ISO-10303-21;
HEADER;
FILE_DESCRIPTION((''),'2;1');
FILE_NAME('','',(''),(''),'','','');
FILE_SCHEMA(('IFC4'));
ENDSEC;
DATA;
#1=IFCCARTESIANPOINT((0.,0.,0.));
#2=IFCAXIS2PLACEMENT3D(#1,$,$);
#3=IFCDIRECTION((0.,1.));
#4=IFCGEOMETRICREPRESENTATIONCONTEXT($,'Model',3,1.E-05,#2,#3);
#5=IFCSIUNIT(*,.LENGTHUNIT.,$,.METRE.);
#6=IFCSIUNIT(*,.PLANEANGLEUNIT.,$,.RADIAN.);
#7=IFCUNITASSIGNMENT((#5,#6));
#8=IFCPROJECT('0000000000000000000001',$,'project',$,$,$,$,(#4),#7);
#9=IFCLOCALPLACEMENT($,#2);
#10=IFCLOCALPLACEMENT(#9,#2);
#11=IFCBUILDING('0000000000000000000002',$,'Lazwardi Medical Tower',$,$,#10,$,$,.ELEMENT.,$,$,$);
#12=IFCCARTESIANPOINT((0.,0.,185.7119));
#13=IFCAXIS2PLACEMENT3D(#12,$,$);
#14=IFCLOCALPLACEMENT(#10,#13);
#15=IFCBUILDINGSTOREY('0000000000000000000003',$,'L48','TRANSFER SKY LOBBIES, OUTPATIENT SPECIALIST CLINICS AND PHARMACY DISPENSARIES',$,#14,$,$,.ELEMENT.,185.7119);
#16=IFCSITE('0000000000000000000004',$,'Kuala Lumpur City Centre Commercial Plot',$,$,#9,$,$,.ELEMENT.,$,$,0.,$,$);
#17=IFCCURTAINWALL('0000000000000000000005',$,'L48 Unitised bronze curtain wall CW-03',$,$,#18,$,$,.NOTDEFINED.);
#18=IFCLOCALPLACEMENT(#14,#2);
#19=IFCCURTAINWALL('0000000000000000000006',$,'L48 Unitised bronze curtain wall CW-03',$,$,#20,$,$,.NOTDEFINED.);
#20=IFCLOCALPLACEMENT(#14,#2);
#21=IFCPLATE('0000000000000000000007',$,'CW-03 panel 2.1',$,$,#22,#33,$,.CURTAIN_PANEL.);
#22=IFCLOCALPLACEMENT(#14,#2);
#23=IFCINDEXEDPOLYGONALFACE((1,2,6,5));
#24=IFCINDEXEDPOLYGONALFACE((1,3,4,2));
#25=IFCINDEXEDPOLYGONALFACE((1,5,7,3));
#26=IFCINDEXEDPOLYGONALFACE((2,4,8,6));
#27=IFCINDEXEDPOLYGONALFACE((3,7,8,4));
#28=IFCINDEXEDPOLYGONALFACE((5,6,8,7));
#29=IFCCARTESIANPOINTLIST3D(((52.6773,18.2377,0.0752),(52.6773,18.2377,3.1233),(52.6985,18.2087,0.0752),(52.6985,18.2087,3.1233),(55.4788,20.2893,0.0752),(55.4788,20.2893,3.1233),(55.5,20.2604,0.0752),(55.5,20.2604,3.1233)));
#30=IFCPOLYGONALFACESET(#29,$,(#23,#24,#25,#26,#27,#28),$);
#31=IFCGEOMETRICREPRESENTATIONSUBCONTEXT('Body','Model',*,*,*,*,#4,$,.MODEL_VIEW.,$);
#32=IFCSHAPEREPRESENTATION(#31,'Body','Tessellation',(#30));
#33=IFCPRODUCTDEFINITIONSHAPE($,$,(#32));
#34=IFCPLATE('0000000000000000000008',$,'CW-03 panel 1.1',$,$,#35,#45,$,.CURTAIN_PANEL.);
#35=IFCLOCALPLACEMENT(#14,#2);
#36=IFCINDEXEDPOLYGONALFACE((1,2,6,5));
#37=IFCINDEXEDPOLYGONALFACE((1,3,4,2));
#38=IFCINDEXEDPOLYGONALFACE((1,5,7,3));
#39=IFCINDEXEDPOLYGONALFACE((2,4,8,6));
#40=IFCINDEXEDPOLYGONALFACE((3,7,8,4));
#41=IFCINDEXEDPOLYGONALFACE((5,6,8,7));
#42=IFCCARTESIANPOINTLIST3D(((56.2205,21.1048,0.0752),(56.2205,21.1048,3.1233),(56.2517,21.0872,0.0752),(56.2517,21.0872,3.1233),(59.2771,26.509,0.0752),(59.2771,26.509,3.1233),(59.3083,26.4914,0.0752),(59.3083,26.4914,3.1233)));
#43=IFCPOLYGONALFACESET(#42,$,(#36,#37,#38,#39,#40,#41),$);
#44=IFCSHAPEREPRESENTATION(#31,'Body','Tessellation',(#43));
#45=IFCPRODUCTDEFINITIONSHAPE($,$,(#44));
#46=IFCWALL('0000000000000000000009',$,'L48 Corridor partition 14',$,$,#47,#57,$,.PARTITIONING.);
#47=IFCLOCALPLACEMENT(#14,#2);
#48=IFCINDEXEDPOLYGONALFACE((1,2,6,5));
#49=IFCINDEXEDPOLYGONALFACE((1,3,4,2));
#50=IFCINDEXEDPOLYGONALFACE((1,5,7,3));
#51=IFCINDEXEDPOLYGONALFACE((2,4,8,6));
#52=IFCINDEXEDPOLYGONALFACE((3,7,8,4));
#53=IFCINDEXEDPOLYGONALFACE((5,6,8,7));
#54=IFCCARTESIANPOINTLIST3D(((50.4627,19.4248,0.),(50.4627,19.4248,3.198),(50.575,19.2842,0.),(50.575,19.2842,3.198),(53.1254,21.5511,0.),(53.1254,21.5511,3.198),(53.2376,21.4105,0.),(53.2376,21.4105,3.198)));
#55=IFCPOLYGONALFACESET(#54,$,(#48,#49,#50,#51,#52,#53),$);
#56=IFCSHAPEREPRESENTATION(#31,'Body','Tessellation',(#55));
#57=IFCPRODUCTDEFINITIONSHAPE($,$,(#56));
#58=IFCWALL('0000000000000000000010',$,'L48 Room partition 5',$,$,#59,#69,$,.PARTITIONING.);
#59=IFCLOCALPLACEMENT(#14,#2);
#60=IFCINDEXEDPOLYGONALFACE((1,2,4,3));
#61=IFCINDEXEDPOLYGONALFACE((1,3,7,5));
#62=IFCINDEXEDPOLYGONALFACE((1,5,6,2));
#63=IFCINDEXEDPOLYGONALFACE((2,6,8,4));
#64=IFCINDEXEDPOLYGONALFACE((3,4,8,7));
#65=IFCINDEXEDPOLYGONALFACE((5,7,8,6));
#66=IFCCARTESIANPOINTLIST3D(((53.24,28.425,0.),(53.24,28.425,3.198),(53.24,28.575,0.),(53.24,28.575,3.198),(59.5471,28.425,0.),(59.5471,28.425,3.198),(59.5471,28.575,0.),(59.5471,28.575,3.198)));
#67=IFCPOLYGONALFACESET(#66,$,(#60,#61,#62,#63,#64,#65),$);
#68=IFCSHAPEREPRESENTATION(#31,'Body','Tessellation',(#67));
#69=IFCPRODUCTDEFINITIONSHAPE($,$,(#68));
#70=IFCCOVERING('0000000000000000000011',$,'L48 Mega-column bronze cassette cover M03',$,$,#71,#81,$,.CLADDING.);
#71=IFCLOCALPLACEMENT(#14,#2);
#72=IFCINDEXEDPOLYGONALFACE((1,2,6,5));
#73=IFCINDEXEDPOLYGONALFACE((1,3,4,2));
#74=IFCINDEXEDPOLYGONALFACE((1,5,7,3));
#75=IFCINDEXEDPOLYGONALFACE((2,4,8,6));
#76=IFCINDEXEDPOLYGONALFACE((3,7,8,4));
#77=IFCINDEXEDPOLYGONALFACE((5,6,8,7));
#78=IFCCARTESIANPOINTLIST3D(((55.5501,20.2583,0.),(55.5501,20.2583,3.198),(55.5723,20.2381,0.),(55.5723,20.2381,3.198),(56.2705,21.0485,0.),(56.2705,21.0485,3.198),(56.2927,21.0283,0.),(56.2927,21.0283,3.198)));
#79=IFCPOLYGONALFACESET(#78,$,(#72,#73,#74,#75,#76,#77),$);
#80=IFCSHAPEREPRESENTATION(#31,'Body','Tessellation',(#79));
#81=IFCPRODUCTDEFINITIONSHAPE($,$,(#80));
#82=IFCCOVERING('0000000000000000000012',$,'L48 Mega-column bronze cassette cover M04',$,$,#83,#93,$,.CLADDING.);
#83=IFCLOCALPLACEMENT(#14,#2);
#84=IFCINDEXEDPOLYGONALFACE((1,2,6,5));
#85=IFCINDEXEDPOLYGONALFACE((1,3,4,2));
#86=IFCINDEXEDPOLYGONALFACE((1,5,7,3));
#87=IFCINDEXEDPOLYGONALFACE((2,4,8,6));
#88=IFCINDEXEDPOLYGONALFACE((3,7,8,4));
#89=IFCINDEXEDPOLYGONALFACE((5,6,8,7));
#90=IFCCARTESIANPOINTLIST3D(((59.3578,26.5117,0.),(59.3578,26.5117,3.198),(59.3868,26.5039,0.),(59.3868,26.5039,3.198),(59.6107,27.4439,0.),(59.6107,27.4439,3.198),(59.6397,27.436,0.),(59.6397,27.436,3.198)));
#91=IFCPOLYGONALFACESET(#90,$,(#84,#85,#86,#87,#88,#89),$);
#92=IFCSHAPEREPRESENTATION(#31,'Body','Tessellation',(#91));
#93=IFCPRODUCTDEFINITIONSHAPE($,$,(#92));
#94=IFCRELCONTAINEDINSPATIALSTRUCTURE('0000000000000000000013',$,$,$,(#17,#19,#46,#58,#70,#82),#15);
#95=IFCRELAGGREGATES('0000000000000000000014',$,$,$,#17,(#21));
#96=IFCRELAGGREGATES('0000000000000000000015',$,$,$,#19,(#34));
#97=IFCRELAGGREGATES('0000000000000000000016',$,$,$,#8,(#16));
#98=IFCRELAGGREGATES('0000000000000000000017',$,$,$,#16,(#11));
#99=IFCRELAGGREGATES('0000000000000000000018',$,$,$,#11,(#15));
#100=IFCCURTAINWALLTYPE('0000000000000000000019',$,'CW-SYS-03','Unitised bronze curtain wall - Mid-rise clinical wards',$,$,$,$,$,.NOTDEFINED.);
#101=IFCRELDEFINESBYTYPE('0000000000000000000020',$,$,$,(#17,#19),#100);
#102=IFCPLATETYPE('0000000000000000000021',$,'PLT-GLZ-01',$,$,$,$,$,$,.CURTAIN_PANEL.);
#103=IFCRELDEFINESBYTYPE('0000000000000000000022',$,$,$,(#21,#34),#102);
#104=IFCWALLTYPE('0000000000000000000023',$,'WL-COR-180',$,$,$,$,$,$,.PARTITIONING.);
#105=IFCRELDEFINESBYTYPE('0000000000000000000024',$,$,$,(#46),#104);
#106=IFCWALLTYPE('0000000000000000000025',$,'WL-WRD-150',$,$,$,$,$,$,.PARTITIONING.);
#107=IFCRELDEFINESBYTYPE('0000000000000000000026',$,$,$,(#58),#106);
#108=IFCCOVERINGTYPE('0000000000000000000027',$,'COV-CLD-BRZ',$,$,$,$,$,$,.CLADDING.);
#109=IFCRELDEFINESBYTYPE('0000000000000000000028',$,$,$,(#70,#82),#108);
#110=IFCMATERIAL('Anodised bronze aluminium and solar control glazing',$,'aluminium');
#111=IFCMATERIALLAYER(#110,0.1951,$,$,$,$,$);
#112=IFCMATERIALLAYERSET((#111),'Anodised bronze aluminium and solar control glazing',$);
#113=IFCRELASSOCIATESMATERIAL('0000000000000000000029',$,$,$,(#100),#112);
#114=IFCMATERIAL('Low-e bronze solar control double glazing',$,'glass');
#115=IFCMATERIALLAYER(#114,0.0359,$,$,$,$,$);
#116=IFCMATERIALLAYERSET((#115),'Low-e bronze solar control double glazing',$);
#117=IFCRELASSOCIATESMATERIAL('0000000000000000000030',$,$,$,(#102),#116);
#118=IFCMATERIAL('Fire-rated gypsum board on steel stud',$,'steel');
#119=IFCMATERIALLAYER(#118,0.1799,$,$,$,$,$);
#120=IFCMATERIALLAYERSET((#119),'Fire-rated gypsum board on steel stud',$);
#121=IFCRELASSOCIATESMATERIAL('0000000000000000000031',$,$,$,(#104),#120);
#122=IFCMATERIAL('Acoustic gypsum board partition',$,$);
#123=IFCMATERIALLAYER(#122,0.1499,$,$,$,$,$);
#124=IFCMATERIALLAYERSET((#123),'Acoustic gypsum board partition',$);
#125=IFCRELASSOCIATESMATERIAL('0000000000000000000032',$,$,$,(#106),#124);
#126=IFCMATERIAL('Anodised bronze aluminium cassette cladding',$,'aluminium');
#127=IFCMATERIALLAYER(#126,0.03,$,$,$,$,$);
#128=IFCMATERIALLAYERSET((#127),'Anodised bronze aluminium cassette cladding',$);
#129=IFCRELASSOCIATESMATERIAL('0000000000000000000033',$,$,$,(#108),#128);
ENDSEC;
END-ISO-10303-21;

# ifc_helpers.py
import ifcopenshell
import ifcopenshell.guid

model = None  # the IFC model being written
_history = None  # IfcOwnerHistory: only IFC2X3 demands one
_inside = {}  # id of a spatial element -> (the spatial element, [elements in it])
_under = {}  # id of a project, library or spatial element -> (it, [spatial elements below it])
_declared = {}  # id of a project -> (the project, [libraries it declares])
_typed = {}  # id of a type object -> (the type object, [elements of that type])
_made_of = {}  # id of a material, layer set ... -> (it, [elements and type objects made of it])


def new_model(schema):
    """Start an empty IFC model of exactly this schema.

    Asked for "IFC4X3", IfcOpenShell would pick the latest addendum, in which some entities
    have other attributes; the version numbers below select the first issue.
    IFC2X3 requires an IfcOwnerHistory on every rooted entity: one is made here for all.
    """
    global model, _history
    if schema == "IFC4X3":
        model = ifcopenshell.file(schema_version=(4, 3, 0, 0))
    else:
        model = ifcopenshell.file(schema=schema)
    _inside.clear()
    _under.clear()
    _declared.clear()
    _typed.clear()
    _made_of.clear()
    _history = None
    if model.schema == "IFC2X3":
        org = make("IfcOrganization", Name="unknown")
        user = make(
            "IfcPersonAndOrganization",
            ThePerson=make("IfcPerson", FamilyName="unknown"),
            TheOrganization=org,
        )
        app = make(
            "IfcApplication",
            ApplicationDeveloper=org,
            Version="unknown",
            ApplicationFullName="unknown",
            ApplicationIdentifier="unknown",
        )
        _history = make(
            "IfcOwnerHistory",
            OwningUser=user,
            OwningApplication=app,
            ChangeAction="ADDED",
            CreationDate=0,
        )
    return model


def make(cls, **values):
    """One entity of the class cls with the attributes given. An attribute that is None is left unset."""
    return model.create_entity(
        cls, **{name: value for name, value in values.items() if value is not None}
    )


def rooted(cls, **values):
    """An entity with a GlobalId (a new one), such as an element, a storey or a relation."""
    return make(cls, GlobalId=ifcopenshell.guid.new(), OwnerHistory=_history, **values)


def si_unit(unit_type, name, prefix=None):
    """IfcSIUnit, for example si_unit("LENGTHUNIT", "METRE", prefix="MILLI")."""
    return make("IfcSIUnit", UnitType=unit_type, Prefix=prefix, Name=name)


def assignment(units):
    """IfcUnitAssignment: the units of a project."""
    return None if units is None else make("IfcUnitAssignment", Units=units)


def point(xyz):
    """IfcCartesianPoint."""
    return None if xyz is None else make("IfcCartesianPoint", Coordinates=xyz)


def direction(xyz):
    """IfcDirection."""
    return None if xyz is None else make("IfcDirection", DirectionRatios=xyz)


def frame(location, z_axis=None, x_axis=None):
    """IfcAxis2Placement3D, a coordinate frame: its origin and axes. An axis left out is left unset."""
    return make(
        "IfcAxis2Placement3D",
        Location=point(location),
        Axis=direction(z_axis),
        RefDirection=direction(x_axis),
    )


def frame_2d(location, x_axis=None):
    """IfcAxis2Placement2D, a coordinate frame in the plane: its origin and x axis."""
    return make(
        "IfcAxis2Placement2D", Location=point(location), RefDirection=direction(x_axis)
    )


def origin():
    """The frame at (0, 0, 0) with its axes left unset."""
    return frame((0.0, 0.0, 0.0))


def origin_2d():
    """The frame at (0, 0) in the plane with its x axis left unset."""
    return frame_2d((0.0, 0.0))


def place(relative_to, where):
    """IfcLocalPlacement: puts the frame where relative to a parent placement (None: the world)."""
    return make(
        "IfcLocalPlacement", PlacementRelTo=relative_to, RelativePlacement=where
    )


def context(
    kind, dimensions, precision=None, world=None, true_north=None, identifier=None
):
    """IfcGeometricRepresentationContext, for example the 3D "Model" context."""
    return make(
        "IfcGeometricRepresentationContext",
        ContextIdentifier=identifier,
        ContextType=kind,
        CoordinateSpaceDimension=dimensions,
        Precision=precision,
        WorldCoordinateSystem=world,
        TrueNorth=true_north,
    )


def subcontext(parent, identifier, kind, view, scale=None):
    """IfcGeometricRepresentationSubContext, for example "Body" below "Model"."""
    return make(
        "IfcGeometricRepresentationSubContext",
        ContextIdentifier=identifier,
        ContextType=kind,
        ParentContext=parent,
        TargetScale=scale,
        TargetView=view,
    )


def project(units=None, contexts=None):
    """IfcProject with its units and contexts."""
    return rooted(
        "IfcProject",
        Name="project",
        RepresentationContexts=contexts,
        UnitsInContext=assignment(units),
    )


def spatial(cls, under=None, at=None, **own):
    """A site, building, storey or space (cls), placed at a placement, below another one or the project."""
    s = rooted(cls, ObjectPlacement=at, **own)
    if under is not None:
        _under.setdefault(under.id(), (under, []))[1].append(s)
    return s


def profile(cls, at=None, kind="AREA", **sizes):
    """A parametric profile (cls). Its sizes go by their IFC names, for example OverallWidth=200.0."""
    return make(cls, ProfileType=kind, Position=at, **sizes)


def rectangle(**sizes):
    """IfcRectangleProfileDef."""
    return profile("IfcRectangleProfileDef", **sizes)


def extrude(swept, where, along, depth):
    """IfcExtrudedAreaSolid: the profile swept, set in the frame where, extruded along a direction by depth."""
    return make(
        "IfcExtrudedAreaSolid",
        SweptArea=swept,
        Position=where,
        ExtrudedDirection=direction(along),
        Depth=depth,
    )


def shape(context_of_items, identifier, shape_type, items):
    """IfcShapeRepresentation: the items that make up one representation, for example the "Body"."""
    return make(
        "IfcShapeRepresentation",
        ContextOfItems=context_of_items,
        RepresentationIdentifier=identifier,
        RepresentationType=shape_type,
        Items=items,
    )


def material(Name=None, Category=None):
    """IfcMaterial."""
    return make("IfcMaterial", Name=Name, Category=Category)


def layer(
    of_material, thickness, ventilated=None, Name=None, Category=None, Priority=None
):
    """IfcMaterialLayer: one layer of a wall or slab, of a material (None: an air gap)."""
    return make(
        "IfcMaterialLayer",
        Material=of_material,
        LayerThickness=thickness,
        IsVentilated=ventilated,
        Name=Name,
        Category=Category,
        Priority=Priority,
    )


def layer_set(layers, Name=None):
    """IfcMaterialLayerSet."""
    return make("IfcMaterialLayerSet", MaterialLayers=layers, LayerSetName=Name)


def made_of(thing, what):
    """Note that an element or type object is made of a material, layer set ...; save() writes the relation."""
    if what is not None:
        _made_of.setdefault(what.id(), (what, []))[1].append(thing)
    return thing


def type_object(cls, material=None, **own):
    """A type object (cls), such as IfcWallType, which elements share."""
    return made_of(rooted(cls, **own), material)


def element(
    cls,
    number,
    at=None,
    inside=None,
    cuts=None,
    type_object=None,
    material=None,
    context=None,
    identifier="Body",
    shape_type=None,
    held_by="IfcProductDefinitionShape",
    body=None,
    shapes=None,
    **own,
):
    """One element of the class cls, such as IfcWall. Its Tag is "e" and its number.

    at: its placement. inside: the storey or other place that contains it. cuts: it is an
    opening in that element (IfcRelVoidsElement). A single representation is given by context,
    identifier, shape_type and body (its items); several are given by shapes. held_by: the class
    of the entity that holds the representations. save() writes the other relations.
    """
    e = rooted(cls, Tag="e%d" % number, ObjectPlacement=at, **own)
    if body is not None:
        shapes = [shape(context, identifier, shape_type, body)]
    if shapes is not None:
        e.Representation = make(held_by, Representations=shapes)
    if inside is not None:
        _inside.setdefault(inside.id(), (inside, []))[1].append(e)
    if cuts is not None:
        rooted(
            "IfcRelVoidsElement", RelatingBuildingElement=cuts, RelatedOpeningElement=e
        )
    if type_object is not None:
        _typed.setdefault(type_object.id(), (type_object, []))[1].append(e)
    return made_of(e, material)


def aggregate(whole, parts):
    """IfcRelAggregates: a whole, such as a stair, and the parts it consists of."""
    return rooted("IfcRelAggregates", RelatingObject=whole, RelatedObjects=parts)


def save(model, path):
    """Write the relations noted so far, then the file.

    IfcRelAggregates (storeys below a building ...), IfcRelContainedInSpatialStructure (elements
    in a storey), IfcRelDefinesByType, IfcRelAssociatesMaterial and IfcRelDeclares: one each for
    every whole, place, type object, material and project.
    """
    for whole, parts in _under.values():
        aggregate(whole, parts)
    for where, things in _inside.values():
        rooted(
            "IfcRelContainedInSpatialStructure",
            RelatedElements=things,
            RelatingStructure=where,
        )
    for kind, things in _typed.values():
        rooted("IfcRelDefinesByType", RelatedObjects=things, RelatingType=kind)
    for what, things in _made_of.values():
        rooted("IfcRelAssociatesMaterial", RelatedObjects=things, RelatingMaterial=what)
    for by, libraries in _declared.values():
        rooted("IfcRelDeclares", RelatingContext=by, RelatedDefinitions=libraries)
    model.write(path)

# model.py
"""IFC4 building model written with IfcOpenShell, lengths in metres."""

from ifc_helpers import new_model, si_unit, direction, frame, frame_2d, origin, origin_2d, place, context, subcontext, project, spatial, rectangle, extrude, material, layer, layer_set, type_object, element, aggregate, save


model = new_model("IFC4")

# Units and contexts
model_context = context("Model", 3, precision=1e-05, world=origin(), true_north=direction((0.0, 1.0)))
body_context = subcontext(model_context, "Body", "Model", "MODEL_VIEW")
ifc_project = project(units=[si_unit("LENGTHUNIT", "METRE"), si_unit("PLANEANGLEUNIT", "RADIAN")], contexts=[model_context])

# Site, building, storey
site_placement = place(None, origin())
site = spatial("IfcSite", under=ifc_project, at=site_placement, Name="Kuala Lumpur City Centre Commercial Plot", CompositionType="ELEMENT", RefElevation=0.0)
building_placement = place(site_placement, origin())
building = spatial("IfcBuilding", under=site, at=building_placement, Name="Lazwardi Medical Tower", CompositionType="ELEMENT")
storey_placement = place(building_placement, frame((0.0, 0.0, 185.7119)))
storey = spatial("IfcBuildingStorey", under=building, at=storey_placement, Name="L48", Description="TRANSFER SKY LOBBIES, OUTPATIENT SPECIALIST CLINICS AND PHARMACY DISPENSARIES", CompositionType="ELEMENT", Elevation=185.7119)

# Curtain walls
ifc_material_1 = material(Name="Anodised bronze aluminium and solar control glazing", Category="aluminium")
ifc_layer_1 = layer(ifc_material_1, 0.1951)
ifc_layer_set_1 = layer_set([ifc_layer_1], Name="Anodised bronze aluminium and solar control glazing")
curtain_wall_type = type_object("IfcCurtainWallType", Name="CW-SYS-03", Description="Unitised bronze curtain wall - Mid-rise clinical wards", PredefinedType="NOTDEFINED", material=ifc_layer_set_1)
curtain_wall_1_placement = place(storey_placement, origin())
curtain_wall_1 = element("IfcCurtainWall", 1, at=curtain_wall_1_placement, inside=storey, type_object=curtain_wall_type, Name="L48 Unitised bronze curtain wall CW-03", PredefinedType="NOTDEFINED")
curtain_wall_2_placement = place(storey_placement, origin())
curtain_wall_2 = element("IfcCurtainWall", 2, at=curtain_wall_2_placement, inside=storey, type_object=curtain_wall_type, Name="L48 Unitised bronze curtain wall CW-03", PredefinedType="NOTDEFINED")

# Plates
ifc_material_2 = material(Name="Low-e bronze solar control double glazing", Category="glass")
ifc_layer_2 = layer(ifc_material_2, 0.0359)
ifc_layer_set_2 = layer_set([ifc_layer_2], Name="Low-e bronze solar control double glazing")
plate_type = type_object("IfcPlateType", Name="PLT-GLZ-01", PredefinedType="CURTAIN_PANEL", material=ifc_layer_set_2)
plate_1_placement = place(storey_placement, frame((54.0886, 19.249, 0.0752), z_axis=(0.0, 0.0, 1.0), x_axis=(0.806793, 0.590834, 0.0)))
plate_1 = element("IfcPlate", 3, at=plate_1_placement, type_object=plate_type, Name="CW-03 panel 2.1", PredefinedType="CURTAIN_PANEL", context=body_context, shape_type="SweptSolid", body=[
    extrude(rectangle(XDim=3.4724, YDim=0.0359, at=origin_2d()), origin(), (0.0, 0.0, 1.0), 3.0481),
])
aggregate(curtain_wall_1, [plate_1])
plate_2_placement = place(storey_placement, frame((57.7644, 23.7981, 0.0752), z_axis=(0.0, 0.0, 1.0), x_axis=(0.492312, 0.870419, 0.0)))
plate_2 = element("IfcPlate", 4, at=plate_2_placement, type_object=plate_type, Name="CW-03 panel 1.1", PredefinedType="CURTAIN_PANEL", context=body_context, shape_type="SweptSolid", body=[
    extrude(rectangle(XDim=6.2087, YDim=0.0359, at=origin_2d()), origin(), (0.0, 0.0, 1.0), 3.0481),
])
aggregate(curtain_wall_2, [plate_2])

# Walls
ifc_material_3 = material(Name="Fire-rated gypsum board on steel stud", Category="steel")
ifc_layer_3 = layer(ifc_material_3, 0.1799)
ifc_layer_set_3 = layer_set([ifc_layer_3], Name="Fire-rated gypsum board on steel stud")
wall_type_1 = type_object("IfcWallType", Name="WL-COR-180", PredefinedType="PARTITIONING", material=ifc_layer_set_3)
wall_1_placement = place(storey_placement, frame((53.1814, 21.4807, 0.0), z_axis=(0.0, 0.0, 1.0), x_axis=(-0.781421, -0.624005, 0.0)))
element("IfcWall", 5, at=wall_1_placement, inside=storey, type_object=wall_type_1, Name="L48 Corridor partition 14", PredefinedType="PARTITIONING", context=body_context, shape_type="SweptSolid", body=[
    extrude(rectangle(XDim=3.4075, YDim=0.1799, at=frame_2d((1.7036, 0.0))), origin(), (0.0, 0.0, 1.0), 3.198),
])
ifc_material_4 = material(Name="Acoustic gypsum board partition")
ifc_layer_4 = layer(ifc_material_4, 0.1499)
ifc_layer_set_4 = layer_set([ifc_layer_4], Name="Acoustic gypsum board partition")
wall_type_2 = type_object("IfcWallType", Name="WL-WRD-150", PredefinedType="PARTITIONING", material=ifc_layer_set_4)
wall_2_placement = place(storey_placement, frame((53.24, 28.5, 0.0), z_axis=(0.0, 0.0, 1.0), x_axis=(1.0, 0.0, 0.0)))
element("IfcWall", 6, at=wall_2_placement, inside=storey, type_object=wall_type_2, Name="L48 Room partition 5", PredefinedType="PARTITIONING", context=body_context, shape_type="SweptSolid", body=[
    extrude(rectangle(XDim=6.3071, YDim=0.1499, at=frame_2d((3.1536, 0.0))), origin(), (0.0, 0.0, 1.0), 3.198),
])

# Coverings
ifc_material_5 = material(Name="Anodised bronze aluminium cassette cladding", Category="aluminium")
ifc_layer_5 = layer(ifc_material_5, 0.03)
ifc_layer_set_5 = layer_set([ifc_layer_5], Name="Anodised bronze aluminium cassette cladding")
covering_type = type_object("IfcCoveringType", Name="COV-CLD-BRZ", PredefinedType="CLADDING", material=ifc_layer_set_5)
covering_1_placement = place(storey_placement, frame((55.9214, 20.6433, 0.0), z_axis=(0.0, 0.0, 1.0), x_axis=(0.673714, 0.738992, 0.0)))
element("IfcCovering", 7, at=covering_1_placement, inside=storey, type_object=covering_type, Name="L48 Mega-column bronze cassette cover M03", PredefinedType="CLADDING", context=body_context, shape_type="SweptSolid", body=[
    extrude(rectangle(XDim=1.0693, YDim=0.03, at=origin_2d()), origin(), (0.0, 0.0, 1.0), 3.198),
])
covering_2_placement = place(storey_placement, frame((59.4988, 26.9739, 0.0), z_axis=(0.0, 0.0, 1.0), x_axis=(0.261829, 0.965114, 0.0)))
element("IfcCovering", 8, at=covering_2_placement, inside=storey, type_object=covering_type, Name="L48 Mega-column bronze cassette cover M04", PredefinedType="CLADDING", context=body_context, shape_type="SweptSolid", body=[
    extrude(rectangle(XDim=0.9658, YDim=0.03, at=origin_2d()), origin(), (0.0, 0.0, 1.0), 3.198),
])

save(model, "model.ifc")
